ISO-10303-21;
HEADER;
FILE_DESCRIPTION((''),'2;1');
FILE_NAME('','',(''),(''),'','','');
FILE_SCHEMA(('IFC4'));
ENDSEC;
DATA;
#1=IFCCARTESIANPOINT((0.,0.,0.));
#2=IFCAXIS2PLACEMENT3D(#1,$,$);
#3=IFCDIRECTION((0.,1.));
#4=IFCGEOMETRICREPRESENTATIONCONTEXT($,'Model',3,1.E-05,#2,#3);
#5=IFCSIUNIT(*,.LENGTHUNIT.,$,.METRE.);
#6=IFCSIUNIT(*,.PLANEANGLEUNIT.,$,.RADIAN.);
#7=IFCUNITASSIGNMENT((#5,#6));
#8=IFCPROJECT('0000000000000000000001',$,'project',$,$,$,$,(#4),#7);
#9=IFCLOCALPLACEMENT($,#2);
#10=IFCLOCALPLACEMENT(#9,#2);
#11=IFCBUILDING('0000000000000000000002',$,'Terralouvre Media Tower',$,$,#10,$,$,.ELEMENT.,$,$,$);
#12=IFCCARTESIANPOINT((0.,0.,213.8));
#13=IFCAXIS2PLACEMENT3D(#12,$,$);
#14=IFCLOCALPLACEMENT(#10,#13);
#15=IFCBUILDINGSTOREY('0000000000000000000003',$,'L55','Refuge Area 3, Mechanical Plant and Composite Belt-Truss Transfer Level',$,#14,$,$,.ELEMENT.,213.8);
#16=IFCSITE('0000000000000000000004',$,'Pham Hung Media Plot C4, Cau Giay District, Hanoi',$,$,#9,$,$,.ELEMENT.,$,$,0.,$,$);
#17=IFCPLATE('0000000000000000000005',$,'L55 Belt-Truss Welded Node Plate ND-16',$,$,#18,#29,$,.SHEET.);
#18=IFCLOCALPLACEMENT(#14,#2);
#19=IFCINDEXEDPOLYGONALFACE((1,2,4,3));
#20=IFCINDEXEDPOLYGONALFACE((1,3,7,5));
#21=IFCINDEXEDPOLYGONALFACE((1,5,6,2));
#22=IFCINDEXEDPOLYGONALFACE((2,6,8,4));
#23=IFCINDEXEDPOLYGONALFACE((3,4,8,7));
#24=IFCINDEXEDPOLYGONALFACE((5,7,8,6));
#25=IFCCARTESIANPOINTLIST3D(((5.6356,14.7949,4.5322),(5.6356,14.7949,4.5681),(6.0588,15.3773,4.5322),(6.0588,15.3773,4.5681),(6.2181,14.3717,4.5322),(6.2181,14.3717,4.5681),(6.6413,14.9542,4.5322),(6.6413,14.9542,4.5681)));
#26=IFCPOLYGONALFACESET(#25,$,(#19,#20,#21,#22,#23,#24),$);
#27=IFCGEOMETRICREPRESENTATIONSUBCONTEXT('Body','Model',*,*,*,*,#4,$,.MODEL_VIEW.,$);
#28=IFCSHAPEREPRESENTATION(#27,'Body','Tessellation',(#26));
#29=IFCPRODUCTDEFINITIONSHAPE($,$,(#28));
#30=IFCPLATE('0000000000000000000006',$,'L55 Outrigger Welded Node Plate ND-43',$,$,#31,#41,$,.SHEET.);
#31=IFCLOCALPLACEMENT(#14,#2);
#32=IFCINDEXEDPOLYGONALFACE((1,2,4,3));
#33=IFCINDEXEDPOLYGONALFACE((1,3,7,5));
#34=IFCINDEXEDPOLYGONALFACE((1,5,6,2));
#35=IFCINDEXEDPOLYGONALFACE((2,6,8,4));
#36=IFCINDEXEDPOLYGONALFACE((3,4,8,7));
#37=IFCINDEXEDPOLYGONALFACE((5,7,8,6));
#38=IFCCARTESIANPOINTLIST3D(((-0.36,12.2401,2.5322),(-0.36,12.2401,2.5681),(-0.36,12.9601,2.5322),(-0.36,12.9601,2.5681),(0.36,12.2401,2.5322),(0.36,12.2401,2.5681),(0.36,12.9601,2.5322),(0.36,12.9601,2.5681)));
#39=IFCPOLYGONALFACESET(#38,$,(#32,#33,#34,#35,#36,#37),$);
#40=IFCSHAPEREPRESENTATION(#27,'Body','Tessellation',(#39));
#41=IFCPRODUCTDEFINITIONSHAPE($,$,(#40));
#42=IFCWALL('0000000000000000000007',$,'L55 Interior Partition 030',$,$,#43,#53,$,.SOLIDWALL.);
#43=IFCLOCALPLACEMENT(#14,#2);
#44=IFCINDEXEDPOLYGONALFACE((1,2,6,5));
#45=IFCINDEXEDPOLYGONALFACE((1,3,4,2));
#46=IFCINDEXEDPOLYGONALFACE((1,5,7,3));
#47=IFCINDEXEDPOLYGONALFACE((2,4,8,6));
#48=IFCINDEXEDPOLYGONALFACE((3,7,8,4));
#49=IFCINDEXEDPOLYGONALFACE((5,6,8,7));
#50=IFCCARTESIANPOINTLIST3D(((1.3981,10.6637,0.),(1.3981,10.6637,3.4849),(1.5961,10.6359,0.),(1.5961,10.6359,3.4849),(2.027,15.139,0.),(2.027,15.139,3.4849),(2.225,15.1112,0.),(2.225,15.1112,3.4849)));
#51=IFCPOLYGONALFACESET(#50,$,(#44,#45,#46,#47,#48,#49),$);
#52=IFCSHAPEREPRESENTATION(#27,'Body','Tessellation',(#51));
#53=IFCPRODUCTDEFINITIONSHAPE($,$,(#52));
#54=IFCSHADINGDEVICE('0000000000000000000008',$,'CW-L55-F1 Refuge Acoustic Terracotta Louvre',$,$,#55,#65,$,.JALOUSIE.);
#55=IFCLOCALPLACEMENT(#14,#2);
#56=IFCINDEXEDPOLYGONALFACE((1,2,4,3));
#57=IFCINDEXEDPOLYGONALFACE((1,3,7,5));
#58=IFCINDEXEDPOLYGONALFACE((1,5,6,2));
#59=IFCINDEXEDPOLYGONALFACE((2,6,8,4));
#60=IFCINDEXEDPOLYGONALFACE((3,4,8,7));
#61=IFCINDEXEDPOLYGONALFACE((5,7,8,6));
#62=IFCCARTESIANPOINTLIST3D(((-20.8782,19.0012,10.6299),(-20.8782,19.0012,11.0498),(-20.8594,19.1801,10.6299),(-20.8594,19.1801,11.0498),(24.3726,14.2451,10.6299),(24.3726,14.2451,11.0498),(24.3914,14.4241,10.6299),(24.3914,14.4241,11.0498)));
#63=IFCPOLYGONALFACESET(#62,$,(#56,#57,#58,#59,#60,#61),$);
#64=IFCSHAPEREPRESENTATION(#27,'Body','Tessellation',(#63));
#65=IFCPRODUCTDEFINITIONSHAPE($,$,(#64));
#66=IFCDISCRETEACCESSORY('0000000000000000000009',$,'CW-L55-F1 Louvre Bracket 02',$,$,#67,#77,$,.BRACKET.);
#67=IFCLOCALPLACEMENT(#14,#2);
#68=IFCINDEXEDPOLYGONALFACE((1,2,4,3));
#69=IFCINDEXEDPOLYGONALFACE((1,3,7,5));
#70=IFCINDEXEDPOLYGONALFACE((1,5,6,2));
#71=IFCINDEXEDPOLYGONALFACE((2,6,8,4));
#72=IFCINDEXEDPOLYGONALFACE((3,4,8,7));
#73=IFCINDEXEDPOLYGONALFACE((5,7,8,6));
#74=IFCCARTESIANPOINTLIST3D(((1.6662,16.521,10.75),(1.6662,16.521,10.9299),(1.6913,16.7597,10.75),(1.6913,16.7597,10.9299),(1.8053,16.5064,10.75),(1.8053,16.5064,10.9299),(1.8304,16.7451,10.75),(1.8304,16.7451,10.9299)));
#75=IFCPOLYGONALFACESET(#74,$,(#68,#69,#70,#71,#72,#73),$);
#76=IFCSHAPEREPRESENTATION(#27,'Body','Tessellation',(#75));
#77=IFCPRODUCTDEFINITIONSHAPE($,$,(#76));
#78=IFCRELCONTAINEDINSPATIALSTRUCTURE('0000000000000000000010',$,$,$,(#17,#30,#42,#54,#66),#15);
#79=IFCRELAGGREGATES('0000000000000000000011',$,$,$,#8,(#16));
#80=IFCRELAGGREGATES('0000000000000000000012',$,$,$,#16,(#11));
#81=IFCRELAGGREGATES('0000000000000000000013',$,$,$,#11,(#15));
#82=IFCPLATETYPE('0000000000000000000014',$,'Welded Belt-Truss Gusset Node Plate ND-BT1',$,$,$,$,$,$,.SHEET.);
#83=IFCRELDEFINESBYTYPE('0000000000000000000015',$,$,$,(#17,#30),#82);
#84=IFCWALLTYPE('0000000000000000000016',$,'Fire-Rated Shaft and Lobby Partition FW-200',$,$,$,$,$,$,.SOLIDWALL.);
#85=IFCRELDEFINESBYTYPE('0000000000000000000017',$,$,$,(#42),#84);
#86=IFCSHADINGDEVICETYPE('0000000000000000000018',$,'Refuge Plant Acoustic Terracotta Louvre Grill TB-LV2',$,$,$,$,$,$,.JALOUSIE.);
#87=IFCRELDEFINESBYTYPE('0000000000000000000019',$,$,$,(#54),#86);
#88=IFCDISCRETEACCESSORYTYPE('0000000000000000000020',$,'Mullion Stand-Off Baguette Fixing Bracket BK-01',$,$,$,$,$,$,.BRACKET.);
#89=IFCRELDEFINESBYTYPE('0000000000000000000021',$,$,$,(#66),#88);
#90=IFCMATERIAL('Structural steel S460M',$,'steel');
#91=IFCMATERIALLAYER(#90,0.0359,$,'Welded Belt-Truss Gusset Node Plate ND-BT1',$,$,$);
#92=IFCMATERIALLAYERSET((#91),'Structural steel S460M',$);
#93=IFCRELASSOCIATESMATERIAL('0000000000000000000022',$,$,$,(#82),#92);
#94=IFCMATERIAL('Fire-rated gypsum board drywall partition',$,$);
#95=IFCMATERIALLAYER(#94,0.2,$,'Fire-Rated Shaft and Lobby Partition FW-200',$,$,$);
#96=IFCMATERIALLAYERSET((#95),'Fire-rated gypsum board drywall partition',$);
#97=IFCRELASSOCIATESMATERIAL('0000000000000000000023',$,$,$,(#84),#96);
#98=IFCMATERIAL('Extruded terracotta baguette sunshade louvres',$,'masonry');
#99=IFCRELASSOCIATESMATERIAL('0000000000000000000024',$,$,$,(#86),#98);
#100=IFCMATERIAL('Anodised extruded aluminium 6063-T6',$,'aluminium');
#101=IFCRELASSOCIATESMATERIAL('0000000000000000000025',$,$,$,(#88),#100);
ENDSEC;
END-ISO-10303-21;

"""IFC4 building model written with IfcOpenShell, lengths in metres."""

from ifc_helpers import new_model, si_unit, direction, frame, frame_2d, origin, origin_2d, place, context, subcontext, project, spatial, rectangle, extrude, material, layer, layer_set, type_object, element, save


model = new_model("IFC4")

# Units and contexts
model_context = context("Model", 3, precision=1e-05, world=origin(), true_north=direction((0.0, 1.0)))
body_context = subcontext(model_context, "Body", "Model", "MODEL_VIEW")
ifc_project = project(units=[si_unit("LENGTHUNIT", "METRE"), si_unit("PLANEANGLEUNIT", "RADIAN")], contexts=[model_context])

# Site, building, storey
site_placement = place(None, origin())
site = spatial("IfcSite", under=ifc_project, at=site_placement, Name="Pham Hung Media Plot C4, Cau Giay District, Hanoi", CompositionType="ELEMENT", RefElevation=0.0)
building_placement = place(site_placement, origin())
building = spatial("IfcBuilding", under=site, at=building_placement, Name="Terralouvre Media Tower", CompositionType="ELEMENT")
storey_placement = place(building_placement, frame((0.0, 0.0, 213.8)))
storey = spatial("IfcBuildingStorey", under=building, at=storey_placement, Name="L55", Description="Refuge Area 3, Mechanical Plant and Composite Belt-Truss Transfer Level", CompositionType="ELEMENT", Elevation=213.8)

# Plates
ifc_material_1 = material(Name="Structural steel S460M", Category="steel")
ifc_layer_1 = layer(ifc_material_1, 0.0359, Name="Welded Belt-Truss Gusset Node Plate ND-BT1")
ifc_layer_set_1 = layer_set([ifc_layer_1], Name="Structural steel S460M")
plate_type_1 = type_object("IfcPlateType", Name="Welded Belt-Truss Gusset Node Plate ND-BT1", PredefinedType="SHEET", material=ifc_layer_set_1)
for number, where, z_axis, x_axis, name in (
    (1, (6.1384, 14.8745, 4.5322), (0.0, 0.0, 1.0), (0.587785, 0.809017, 0.0), "L55 Belt-Truss Welded Node Plate ND-16"),
    (2, (0.0, 12.6001, 2.5322), (0.0, 0.0, 1.0), (1.0, 0.0, 0.0), "L55 Outrigger Welded Node Plate ND-43"),
):
    element("IfcPlate", number, at=place(storey_placement, frame(where, z_axis=z_axis, x_axis=x_axis)), inside=storey, type_object=plate_type_1, Name=name, PredefinedType="SHEET", context=body_context, shape_type="SweptSolid", body=[
        extrude(rectangle(XDim=0.72, YDim=0.72, at=origin_2d()), origin(), (0.0, 0.0, 1.0), 0.0359),
    ])

# Wall
ifc_material_2 = material(Name="Fire-rated gypsum board drywall partition")
ifc_layer_2 = layer(ifc_material_2, 0.2, Name="Fire-Rated Shaft and Lobby Partition FW-200")
ifc_layer_set_2 = layer_set([ifc_layer_2], Name="Fire-rated gypsum board drywall partition")
wall_type = type_object("IfcWallType", Name="Fire-Rated Shaft and Lobby Partition FW-200", PredefinedType="SOLIDWALL", material=ifc_layer_set_2)
wall_placement = place(storey_placement, frame((2.126, 15.1252, 0.0), z_axis=(0.0, 0.0, 1.0), x_axis=(-0.13916, -0.99027, 0.0)))
element("IfcWall", 3, at=wall_placement, inside=storey, type_object=wall_type, Name="L55 Interior Partition 030", PredefinedType="SOLIDWALL", context=body_context, shape_type="SweptSolid", body=[
    extrude(rectangle(XDim=4.5193, YDim=0.2, at=frame_2d((2.2598, 0.0))), origin(), (0.0, 0.0, 1.0), 3.4849),
])

# Shading device
ifc_material_3 = material(Name="Extruded terracotta baguette sunshade louvres", Category="masonry")
shading_device_type = type_object("IfcShadingDeviceType", Name="Refuge Plant Acoustic Terracotta Louvre Grill TB-LV2", PredefinedType="JALOUSIE", material=ifc_material_3)
shading_device_placement = place(storey_placement, frame((1.7566, 16.7126, 10.6299), z_axis=(0.0, 0.0, 1.0), x_axis=(-0.994522, 0.104529, 0.0)))
element("IfcShadingDevice", 4, at=shading_device_placement, inside=storey, type_object=shading_device_type, Name="CW-L55-F1 Refuge Acoustic Terracotta Louvre", PredefinedType="JALOUSIE", context=body_context, shape_type="SweptSolid", body=[
    extrude(rectangle(XDim=45.5, YDim=0.1799, at=origin_2d()), origin(), (0.0, 0.0, 1.0), 0.4199),
])

# Discrete accessory
ifc_material_4 = material(Name="Anodised extruded aluminium 6063-T6", Category="aluminium")
discrete_accessory_type = type_object("IfcDiscreteAccessoryType", Name="Mullion Stand-Off Baguette Fixing Bracket BK-01", PredefinedType="BRACKET", material=ifc_material_4)
discrete_accessory_placement = place(storey_placement, frame((1.7483, 16.6331, 10.75), z_axis=(0.0, 0.0, 1.0), x_axis=(-0.994522, 0.104529, 0.0)))
element("IfcDiscreteAccessory", 5, at=discrete_accessory_placement, inside=storey, type_object=discrete_accessory_type, Name="CW-L55-F1 Louvre Bracket 02", PredefinedType="BRACKET", context=body_context, shape_type="SweptSolid", body=[
    extrude(rectangle(XDim=0.1399, YDim=0.24, at=origin_2d()), origin(), (0.0, 0.0, 1.0), 0.1799),
])

save(model, "model.ifc")
